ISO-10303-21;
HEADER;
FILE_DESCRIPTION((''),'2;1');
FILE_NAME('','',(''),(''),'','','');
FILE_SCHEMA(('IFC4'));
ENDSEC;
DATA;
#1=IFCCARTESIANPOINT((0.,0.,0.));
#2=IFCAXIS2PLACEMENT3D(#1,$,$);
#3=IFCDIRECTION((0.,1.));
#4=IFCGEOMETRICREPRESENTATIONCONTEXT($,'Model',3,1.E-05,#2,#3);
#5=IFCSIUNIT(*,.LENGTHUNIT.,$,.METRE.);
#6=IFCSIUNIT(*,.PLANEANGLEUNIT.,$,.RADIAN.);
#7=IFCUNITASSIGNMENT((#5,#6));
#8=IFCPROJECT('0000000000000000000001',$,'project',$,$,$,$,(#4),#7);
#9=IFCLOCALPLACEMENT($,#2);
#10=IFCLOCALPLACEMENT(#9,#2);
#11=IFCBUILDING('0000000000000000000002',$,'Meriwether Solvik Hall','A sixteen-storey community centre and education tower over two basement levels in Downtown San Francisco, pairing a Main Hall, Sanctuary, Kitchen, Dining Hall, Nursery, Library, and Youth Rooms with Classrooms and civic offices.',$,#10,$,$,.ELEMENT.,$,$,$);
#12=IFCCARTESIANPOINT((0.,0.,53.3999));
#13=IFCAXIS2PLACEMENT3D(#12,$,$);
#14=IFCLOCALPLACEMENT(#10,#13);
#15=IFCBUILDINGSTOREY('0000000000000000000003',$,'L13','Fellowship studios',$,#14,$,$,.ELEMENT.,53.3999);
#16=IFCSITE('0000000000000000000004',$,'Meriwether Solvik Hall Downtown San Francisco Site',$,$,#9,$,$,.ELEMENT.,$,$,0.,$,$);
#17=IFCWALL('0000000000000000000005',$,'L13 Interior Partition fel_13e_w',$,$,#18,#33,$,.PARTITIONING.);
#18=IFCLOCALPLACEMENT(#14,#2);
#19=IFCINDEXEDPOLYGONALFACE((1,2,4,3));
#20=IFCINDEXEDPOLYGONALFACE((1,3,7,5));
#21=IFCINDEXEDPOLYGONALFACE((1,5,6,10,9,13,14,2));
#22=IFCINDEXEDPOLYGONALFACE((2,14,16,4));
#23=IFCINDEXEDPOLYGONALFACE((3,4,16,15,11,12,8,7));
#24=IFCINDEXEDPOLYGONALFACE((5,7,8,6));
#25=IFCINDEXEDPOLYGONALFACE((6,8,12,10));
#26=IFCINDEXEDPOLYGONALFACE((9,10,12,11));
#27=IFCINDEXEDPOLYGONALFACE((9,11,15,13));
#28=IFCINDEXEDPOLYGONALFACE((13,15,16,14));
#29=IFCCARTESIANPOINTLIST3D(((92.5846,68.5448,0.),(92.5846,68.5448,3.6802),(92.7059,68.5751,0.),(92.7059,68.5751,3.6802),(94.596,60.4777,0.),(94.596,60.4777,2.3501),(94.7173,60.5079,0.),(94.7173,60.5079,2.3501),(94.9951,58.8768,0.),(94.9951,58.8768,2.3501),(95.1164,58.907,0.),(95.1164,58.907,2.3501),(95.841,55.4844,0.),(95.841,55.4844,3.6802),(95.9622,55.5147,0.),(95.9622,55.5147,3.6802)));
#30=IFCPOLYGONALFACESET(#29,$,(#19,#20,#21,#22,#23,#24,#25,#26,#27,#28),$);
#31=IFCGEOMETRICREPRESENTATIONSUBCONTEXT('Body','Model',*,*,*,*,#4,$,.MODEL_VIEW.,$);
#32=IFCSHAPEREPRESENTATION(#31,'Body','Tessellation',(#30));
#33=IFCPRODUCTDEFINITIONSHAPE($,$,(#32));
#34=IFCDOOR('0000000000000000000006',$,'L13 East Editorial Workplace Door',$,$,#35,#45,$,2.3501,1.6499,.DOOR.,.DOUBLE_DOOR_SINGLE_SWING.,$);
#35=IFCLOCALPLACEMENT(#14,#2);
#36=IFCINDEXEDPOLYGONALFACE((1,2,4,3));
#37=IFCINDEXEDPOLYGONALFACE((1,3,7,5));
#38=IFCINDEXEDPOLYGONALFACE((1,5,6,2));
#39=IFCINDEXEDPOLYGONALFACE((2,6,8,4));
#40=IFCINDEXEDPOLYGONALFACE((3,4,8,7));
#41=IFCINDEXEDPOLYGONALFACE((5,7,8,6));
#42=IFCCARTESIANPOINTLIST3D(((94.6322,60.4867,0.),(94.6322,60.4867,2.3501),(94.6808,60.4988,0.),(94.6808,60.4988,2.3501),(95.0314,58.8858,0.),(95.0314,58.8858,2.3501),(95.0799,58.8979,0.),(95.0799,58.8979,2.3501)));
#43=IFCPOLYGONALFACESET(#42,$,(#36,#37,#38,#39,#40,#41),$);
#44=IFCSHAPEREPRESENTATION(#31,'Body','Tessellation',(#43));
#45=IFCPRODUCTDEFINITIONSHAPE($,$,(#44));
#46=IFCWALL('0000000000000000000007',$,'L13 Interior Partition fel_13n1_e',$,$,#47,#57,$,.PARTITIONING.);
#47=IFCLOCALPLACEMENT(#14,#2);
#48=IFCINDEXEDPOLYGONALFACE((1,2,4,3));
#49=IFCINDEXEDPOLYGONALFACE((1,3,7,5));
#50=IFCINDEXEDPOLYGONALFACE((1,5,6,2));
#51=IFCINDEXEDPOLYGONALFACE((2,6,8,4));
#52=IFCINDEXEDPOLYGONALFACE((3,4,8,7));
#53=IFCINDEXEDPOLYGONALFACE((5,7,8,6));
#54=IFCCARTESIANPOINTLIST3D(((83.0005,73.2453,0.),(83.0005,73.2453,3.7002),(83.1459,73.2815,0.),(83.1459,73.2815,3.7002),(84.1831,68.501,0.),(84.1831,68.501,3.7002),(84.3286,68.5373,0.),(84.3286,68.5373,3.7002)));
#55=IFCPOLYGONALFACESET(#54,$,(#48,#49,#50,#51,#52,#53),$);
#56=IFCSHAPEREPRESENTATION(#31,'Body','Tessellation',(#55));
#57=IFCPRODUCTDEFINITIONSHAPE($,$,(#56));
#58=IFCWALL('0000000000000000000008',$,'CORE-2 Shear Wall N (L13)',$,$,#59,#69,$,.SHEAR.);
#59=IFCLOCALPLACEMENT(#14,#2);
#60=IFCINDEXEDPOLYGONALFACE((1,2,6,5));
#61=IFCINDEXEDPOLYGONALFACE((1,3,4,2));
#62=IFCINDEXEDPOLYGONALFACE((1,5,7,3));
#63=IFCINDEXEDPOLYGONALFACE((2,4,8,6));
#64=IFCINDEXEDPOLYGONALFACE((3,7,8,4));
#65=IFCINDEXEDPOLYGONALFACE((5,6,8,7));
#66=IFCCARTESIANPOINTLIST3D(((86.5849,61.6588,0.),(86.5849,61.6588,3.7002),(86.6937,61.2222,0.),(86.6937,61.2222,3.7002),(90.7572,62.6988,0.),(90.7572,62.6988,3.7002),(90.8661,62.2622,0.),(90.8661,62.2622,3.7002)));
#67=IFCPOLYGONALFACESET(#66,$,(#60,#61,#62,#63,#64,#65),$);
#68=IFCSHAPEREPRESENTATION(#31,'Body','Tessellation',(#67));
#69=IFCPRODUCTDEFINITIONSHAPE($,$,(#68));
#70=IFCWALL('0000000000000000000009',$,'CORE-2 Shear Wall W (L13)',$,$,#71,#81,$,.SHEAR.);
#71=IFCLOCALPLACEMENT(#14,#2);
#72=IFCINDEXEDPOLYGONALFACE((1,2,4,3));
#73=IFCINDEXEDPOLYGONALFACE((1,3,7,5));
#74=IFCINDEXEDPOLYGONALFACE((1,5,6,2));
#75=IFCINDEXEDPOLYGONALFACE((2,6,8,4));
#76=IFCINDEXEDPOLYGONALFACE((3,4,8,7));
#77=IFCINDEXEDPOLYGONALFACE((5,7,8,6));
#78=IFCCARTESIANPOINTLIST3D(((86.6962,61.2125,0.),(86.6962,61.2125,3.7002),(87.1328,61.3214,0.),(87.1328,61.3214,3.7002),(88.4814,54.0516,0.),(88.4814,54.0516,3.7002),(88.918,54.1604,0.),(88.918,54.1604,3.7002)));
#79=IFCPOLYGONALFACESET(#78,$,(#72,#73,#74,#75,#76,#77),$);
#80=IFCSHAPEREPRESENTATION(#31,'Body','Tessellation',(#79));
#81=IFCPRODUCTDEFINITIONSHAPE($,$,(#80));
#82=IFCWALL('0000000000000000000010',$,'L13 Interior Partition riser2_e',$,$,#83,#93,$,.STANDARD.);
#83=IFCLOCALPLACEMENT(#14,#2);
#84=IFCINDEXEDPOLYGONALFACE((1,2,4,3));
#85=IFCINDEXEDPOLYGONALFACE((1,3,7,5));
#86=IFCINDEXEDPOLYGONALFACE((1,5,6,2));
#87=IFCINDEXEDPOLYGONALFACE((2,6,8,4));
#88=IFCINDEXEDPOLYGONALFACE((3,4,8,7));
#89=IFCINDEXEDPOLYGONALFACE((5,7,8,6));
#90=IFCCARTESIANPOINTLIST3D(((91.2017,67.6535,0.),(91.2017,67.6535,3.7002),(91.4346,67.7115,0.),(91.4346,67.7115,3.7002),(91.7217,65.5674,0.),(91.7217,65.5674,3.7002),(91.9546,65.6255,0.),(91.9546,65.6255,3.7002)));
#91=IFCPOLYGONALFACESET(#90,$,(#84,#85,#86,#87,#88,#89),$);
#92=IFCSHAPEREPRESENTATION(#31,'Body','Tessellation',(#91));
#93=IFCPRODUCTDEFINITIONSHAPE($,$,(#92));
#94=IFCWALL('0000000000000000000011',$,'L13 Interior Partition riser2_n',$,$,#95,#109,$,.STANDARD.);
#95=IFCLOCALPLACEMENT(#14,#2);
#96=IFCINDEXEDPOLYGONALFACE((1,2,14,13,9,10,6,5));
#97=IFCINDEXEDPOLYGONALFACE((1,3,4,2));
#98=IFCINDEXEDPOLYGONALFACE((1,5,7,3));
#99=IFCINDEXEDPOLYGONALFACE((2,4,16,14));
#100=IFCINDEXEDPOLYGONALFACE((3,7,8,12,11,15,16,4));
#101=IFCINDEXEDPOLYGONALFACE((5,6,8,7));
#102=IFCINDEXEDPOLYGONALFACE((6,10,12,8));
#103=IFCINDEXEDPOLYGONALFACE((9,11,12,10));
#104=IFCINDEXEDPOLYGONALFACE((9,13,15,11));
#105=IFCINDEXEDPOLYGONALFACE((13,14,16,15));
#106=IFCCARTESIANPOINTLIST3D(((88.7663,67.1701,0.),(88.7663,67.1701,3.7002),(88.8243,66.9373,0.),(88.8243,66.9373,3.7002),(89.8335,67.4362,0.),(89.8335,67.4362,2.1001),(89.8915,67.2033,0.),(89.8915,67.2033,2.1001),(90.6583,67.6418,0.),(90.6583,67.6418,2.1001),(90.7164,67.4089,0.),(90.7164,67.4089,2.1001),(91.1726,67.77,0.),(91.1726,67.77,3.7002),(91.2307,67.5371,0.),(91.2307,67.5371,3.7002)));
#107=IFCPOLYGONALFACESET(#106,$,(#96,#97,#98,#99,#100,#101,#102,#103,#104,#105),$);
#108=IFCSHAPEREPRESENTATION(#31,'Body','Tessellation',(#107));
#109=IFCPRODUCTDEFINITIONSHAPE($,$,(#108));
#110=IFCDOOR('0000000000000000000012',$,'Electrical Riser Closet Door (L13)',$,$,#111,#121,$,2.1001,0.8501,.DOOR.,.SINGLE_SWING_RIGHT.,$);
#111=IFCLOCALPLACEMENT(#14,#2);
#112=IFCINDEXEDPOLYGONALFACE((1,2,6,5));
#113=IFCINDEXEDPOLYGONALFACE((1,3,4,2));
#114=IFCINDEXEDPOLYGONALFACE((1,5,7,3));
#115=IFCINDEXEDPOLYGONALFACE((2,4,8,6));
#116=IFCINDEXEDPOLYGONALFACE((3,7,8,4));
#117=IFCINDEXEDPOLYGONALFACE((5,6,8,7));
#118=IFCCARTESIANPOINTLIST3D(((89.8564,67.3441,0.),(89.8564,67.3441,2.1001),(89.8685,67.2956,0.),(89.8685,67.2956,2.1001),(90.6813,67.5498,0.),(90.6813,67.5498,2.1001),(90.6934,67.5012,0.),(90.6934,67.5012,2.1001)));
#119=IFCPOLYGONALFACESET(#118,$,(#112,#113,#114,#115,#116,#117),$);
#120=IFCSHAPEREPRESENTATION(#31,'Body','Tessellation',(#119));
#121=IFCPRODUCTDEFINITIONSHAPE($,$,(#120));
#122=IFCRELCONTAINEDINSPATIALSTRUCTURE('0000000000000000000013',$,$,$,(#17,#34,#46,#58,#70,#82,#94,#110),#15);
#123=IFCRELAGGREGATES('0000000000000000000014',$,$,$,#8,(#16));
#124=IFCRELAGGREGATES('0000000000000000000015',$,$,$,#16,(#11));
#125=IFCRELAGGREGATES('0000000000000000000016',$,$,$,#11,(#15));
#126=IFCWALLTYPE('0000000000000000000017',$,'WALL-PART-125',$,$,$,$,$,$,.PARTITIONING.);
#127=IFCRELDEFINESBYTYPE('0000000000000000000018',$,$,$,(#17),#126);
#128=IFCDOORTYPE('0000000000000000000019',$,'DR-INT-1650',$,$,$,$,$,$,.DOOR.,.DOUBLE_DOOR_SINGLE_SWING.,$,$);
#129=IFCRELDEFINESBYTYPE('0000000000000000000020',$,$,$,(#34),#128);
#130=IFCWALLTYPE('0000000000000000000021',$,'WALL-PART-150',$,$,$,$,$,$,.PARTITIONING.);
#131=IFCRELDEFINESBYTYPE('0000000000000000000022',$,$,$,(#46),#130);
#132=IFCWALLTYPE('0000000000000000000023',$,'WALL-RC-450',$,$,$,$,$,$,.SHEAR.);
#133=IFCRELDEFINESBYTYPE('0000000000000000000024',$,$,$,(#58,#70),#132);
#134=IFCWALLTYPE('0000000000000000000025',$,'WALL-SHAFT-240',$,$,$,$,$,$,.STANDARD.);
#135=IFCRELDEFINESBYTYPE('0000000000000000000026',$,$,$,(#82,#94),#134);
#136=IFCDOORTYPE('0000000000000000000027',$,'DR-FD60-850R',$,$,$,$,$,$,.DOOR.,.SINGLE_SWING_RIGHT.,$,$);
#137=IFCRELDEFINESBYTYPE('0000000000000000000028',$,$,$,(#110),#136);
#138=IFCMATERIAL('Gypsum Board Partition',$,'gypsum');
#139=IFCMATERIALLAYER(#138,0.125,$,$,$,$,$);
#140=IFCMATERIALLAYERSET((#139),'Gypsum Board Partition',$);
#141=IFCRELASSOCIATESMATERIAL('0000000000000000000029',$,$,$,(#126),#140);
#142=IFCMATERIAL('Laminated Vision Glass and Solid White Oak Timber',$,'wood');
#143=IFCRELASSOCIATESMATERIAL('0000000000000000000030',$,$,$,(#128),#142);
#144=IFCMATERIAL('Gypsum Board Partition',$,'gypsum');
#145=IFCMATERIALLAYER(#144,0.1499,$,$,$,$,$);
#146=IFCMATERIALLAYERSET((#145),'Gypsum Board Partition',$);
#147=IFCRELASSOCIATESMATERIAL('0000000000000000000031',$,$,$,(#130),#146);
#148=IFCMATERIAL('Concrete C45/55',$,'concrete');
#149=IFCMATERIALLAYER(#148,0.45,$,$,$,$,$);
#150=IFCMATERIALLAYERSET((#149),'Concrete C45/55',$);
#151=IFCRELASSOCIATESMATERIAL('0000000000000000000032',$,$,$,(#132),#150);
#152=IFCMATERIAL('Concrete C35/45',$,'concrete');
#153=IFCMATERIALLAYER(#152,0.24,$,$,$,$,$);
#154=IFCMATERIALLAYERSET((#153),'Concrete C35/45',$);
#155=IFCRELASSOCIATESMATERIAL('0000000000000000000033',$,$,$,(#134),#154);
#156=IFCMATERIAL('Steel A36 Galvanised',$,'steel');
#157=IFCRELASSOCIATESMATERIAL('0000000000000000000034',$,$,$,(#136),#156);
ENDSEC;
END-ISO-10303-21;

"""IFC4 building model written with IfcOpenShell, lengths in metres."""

from ifc_helpers import new_model, si_unit, direction, frame, frame_2d, origin, place, context, subcontext, project, spatial, rectangle, extrude, material, layer, layer_set, type_object, element, fill, save


model = new_model("IFC4")

# Units and contexts
model_context = context("Model", 3, precision=1e-05, world=origin(), true_north=direction((0.0, 1.0)))
body_context = subcontext(model_context, "Body", "Model", "MODEL_VIEW")
ifc_project = project(units=[si_unit("LENGTHUNIT", "METRE"), si_unit("PLANEANGLEUNIT", "RADIAN")], contexts=[model_context])

# Site, building, storey
site_placement = place(None, origin())
site = spatial("IfcSite", under=ifc_project, at=site_placement, Name="Meriwether Solvik Hall Downtown San Francisco Site", CompositionType="ELEMENT", RefElevation=0.0)
building_placement = place(site_placement, origin())
building = spatial("IfcBuilding", under=site, at=building_placement, Name="Meriwether Solvik Hall", Description="A sixteen-storey community centre and education tower over two basement levels in Downtown San Francisco, pairing a Main Hall, Sanctuary, Kitchen, Dining Hall, Nursery, Library, and Youth Rooms with Classrooms and civic offices.", CompositionType="ELEMENT")
storey_placement = place(building_placement, frame((0.0, 0.0, 53.3999)))
storey = spatial("IfcBuildingStorey", under=building, at=storey_placement, Name="L13", Description="Fellowship studios", CompositionType="ELEMENT", Elevation=53.3999)

# Wall, opening, door
ifc_material_1 = material(Name="Gypsum Board Partition", Category="gypsum")
ifc_layer_1 = layer(ifc_material_1, 0.125)
ifc_layer_set_1 = layer_set([ifc_layer_1], Name="Gypsum Board Partition")
wall_type_1 = type_object("IfcWallType", Name="WALL-PART-125", PredefinedType="PARTITIONING", material=ifc_layer_set_1)
wall_1_placement = place(storey_placement, frame((92.6453, 68.5598, 0.0), z_axis=(0.0, 0.0, 1.0), x_axis=(0.241925, -0.970295, 0.0)))
wall_1 = element("IfcWall", 1, at=wall_1_placement, inside=storey, type_object=wall_type_1, Name="L13 Interior Partition fel_13e_w", PredefinedType="PARTITIONING", context=body_context, shape_type="SweptSolid", body=[
    extrude(rectangle(XDim=13.4602, YDim=0.125, at=frame_2d((6.73, 0.0))), origin(), (0.0, 0.0, 1.0), 3.6802),
])
opening_1_placement = place(wall_1_placement, frame((8.314, 0.0, 0.0)))
opening_1 = element("IfcOpeningElement", 2, at=opening_1_placement, cuts=wall_1, PredefinedType="OPENING", context=body_context, shape_type="SweptSolid", body=[
    extrude(rectangle(XDim=1.6499, YDim=2.3501, at=frame_2d((0.825, 1.175))), frame((0.0, 0.0745, 0.0), z_axis=(0.0, -1.0, 0.0), x_axis=(1.0, 0.0, 0.0)), (0.0, 0.0, 1.0), 0.1489),
])
ifc_material_2 = material(Name="Laminated Vision Glass and Solid White Oak Timber", Category="wood")
door_type_1 = type_object("IfcDoorType", Name="DR-INT-1650", OperationType="DOUBLE_DOOR_SINGLE_SWING", PredefinedType="DOOR", material=ifc_material_2)
door_1_placement = place(opening_1_placement, origin())
door_1 = element("IfcDoor", 3, at=door_1_placement, inside=storey, type_object=door_type_1, Name="L13 East Editorial Workplace Door", OperationType="DOUBLE_DOOR_SINGLE_SWING", OverallHeight=2.3501, OverallWidth=1.6499, PredefinedType="DOOR", context=body_context, shape_type="SweptSolid", body=[
    extrude(rectangle(XDim=1.6499, YDim=2.3501, at=frame_2d((0.825, 1.175))), frame((0.0, 0.0249, 0.0), z_axis=(0.0, -1.0, 0.0), x_axis=(1.0, 0.0, 0.0)), (0.0, 0.0, 1.0), 0.05),
])
fill(opening_1, door_1)

# Walls
ifc_material_3 = material(Name="Gypsum Board Partition", Category="gypsum")
ifc_layer_2 = layer(ifc_material_3, 0.1499)
ifc_layer_set_2 = layer_set([ifc_layer_2], Name="Gypsum Board Partition")
wall_type_2 = type_object("IfcWallType", Name="WALL-PART-150", PredefinedType="PARTITIONING", material=ifc_layer_set_2)
wall_2_placement = place(storey_placement, frame((84.2559, 68.519, 0.0), z_axis=(0.0, 0.0, 1.0), x_axis=(-0.241878, 0.970307, 0.0)))
element("IfcWall", 4, at=wall_2_placement, inside=storey, type_object=wall_type_2, Name="L13 Interior Partition fel_13n1_e", PredefinedType="PARTITIONING", context=body_context, shape_type="SweptSolid", body=[
    extrude(rectangle(XDim=4.8894, YDim=0.1499, at=frame_2d((2.4448, 0.0))), origin(), (0.0, 0.0, 1.0), 3.7002),
])
ifc_material_4 = material(Name="Concrete C45/55", Category="concrete")
ifc_layer_3 = layer(ifc_material_4, 0.45)
ifc_layer_set_3 = layer_set([ifc_layer_3], Name="Concrete C45/55")
wall_type_3 = type_object("IfcWallType", Name="WALL-RC-450", PredefinedType="SHEAR", material=ifc_layer_set_3)
wall_3_placement = place(storey_placement, frame((90.8115, 62.4805, 0.0), z_axis=(0.0, 0.0, 1.0), x_axis=(-0.970309, -0.241868, 0.0)))
element("IfcWall", 5, at=wall_3_placement, inside=storey, type_object=wall_type_3, Name="CORE-2 Shear Wall N (L13)", PredefinedType="SHEAR", context=body_context, shape_type="SweptSolid", body=[
    extrude(rectangle(XDim=4.3, YDim=0.45, at=frame_2d((2.1499, 0.0))), origin(), (0.0, 0.0, 1.0), 3.7002),
])
wall_4_placement = place(storey_placement, frame((86.9146, 61.2668, 0.0), z_axis=(0.0, 0.0, 1.0), x_axis=(0.24189, -0.970304, 0.0)))
element("IfcWall", 6, at=wall_4_placement, inside=storey, type_object=wall_type_3, Name="CORE-2 Shear Wall W (L13)", PredefinedType="SHEAR", context=body_context, shape_type="SweptSolid", body=[
    extrude(rectangle(XDim=7.3801, YDim=0.45, at=frame_2d((3.6899, 0.0))), origin(), (0.0, 0.0, 1.0), 3.7002),
])
ifc_material_5 = material(Name="Concrete C35/45", Category="concrete")
ifc_layer_4 = layer(ifc_material_5, 0.24)
ifc_layer_set_4 = layer_set([ifc_layer_4], Name="Concrete C35/45")
wall_type_4 = type_object("IfcWallType", Name="WALL-SHAFT-240", PredefinedType="STANDARD", material=ifc_layer_set_4)
wall_5_placement = place(storey_placement, frame((91.8381, 65.5964, 0.0), z_axis=(0.0, 0.0, 1.0), x_axis=(-0.241868, 0.970309, 0.0)))
element("IfcWall", 7, at=wall_5_placement, inside=storey, type_object=wall_type_4, Name="L13 Interior Partition riser2_e", PredefinedType="STANDARD", context=body_context, shape_type="SweptSolid", body=[
    extrude(rectangle(XDim=2.1499, YDim=0.24, at=frame_2d((1.075, 0.0))), origin(), (0.0, 0.0, 1.0), 3.7002),
])

# Wall, opening, door
wall_6_placement = place(storey_placement, frame((91.2017, 67.6536, 0.0), z_axis=(0.0, 0.0, 1.0), x_axis=(-0.970304, -0.241887, 0.0)))
wall_6 = element("IfcWall", 8, at=wall_6_placement, inside=storey, type_object=wall_type_4, Name="L13 Interior Partition riser2_n", PredefinedType="STANDARD", context=body_context, shape_type="SweptSolid", body=[
    extrude(rectangle(XDim=2.48, YDim=0.24, at=frame_2d((1.24, 0.0))), origin(), (0.0, 0.0, 1.0), 3.7002),
])
opening_2_placement = place(wall_6_placement, frame((0.53, 0.0, 0.0)))
opening_2 = element("IfcOpeningElement", 9, at=opening_2_placement, cuts=wall_6, PredefinedType="OPENING", context=body_context, shape_type="SweptSolid", body=[
    extrude(rectangle(XDim=0.8501, YDim=2.1001, at=frame_2d((0.425, 1.05))), frame((0.0, 0.1318, 0.0), z_axis=(0.0, -1.0, 0.0), x_axis=(1.0, 0.0, 0.0)), (0.0, 0.0, 1.0), 0.2639),
])
ifc_material_6 = material(Name="Steel A36 Galvanised", Category="steel")
door_type_2 = type_object("IfcDoorType", Name="DR-FD60-850R", OperationType="SINGLE_SWING_RIGHT", PredefinedType="DOOR", material=ifc_material_6)
door_2_placement = place(opening_2_placement, origin())
door_2 = element("IfcDoor", 10, at=door_2_placement, inside=storey, type_object=door_type_2, Name="Electrical Riser Closet Door (L13)", OperationType="SINGLE_SWING_RIGHT", OverallHeight=2.1001, OverallWidth=0.8501, PredefinedType="DOOR", context=body_context, shape_type="SweptSolid", body=[
    extrude(rectangle(XDim=0.8501, YDim=2.1001, at=frame_2d((0.425, 1.05))), frame((0.0, 0.0249, 0.0), z_axis=(0.0, -1.0, 0.0), x_axis=(1.0, 0.0, 0.0)), (0.0, 0.0, 1.0), 0.05),
])
fill(opening_2, door_2)

save(model, "model.ifc")
